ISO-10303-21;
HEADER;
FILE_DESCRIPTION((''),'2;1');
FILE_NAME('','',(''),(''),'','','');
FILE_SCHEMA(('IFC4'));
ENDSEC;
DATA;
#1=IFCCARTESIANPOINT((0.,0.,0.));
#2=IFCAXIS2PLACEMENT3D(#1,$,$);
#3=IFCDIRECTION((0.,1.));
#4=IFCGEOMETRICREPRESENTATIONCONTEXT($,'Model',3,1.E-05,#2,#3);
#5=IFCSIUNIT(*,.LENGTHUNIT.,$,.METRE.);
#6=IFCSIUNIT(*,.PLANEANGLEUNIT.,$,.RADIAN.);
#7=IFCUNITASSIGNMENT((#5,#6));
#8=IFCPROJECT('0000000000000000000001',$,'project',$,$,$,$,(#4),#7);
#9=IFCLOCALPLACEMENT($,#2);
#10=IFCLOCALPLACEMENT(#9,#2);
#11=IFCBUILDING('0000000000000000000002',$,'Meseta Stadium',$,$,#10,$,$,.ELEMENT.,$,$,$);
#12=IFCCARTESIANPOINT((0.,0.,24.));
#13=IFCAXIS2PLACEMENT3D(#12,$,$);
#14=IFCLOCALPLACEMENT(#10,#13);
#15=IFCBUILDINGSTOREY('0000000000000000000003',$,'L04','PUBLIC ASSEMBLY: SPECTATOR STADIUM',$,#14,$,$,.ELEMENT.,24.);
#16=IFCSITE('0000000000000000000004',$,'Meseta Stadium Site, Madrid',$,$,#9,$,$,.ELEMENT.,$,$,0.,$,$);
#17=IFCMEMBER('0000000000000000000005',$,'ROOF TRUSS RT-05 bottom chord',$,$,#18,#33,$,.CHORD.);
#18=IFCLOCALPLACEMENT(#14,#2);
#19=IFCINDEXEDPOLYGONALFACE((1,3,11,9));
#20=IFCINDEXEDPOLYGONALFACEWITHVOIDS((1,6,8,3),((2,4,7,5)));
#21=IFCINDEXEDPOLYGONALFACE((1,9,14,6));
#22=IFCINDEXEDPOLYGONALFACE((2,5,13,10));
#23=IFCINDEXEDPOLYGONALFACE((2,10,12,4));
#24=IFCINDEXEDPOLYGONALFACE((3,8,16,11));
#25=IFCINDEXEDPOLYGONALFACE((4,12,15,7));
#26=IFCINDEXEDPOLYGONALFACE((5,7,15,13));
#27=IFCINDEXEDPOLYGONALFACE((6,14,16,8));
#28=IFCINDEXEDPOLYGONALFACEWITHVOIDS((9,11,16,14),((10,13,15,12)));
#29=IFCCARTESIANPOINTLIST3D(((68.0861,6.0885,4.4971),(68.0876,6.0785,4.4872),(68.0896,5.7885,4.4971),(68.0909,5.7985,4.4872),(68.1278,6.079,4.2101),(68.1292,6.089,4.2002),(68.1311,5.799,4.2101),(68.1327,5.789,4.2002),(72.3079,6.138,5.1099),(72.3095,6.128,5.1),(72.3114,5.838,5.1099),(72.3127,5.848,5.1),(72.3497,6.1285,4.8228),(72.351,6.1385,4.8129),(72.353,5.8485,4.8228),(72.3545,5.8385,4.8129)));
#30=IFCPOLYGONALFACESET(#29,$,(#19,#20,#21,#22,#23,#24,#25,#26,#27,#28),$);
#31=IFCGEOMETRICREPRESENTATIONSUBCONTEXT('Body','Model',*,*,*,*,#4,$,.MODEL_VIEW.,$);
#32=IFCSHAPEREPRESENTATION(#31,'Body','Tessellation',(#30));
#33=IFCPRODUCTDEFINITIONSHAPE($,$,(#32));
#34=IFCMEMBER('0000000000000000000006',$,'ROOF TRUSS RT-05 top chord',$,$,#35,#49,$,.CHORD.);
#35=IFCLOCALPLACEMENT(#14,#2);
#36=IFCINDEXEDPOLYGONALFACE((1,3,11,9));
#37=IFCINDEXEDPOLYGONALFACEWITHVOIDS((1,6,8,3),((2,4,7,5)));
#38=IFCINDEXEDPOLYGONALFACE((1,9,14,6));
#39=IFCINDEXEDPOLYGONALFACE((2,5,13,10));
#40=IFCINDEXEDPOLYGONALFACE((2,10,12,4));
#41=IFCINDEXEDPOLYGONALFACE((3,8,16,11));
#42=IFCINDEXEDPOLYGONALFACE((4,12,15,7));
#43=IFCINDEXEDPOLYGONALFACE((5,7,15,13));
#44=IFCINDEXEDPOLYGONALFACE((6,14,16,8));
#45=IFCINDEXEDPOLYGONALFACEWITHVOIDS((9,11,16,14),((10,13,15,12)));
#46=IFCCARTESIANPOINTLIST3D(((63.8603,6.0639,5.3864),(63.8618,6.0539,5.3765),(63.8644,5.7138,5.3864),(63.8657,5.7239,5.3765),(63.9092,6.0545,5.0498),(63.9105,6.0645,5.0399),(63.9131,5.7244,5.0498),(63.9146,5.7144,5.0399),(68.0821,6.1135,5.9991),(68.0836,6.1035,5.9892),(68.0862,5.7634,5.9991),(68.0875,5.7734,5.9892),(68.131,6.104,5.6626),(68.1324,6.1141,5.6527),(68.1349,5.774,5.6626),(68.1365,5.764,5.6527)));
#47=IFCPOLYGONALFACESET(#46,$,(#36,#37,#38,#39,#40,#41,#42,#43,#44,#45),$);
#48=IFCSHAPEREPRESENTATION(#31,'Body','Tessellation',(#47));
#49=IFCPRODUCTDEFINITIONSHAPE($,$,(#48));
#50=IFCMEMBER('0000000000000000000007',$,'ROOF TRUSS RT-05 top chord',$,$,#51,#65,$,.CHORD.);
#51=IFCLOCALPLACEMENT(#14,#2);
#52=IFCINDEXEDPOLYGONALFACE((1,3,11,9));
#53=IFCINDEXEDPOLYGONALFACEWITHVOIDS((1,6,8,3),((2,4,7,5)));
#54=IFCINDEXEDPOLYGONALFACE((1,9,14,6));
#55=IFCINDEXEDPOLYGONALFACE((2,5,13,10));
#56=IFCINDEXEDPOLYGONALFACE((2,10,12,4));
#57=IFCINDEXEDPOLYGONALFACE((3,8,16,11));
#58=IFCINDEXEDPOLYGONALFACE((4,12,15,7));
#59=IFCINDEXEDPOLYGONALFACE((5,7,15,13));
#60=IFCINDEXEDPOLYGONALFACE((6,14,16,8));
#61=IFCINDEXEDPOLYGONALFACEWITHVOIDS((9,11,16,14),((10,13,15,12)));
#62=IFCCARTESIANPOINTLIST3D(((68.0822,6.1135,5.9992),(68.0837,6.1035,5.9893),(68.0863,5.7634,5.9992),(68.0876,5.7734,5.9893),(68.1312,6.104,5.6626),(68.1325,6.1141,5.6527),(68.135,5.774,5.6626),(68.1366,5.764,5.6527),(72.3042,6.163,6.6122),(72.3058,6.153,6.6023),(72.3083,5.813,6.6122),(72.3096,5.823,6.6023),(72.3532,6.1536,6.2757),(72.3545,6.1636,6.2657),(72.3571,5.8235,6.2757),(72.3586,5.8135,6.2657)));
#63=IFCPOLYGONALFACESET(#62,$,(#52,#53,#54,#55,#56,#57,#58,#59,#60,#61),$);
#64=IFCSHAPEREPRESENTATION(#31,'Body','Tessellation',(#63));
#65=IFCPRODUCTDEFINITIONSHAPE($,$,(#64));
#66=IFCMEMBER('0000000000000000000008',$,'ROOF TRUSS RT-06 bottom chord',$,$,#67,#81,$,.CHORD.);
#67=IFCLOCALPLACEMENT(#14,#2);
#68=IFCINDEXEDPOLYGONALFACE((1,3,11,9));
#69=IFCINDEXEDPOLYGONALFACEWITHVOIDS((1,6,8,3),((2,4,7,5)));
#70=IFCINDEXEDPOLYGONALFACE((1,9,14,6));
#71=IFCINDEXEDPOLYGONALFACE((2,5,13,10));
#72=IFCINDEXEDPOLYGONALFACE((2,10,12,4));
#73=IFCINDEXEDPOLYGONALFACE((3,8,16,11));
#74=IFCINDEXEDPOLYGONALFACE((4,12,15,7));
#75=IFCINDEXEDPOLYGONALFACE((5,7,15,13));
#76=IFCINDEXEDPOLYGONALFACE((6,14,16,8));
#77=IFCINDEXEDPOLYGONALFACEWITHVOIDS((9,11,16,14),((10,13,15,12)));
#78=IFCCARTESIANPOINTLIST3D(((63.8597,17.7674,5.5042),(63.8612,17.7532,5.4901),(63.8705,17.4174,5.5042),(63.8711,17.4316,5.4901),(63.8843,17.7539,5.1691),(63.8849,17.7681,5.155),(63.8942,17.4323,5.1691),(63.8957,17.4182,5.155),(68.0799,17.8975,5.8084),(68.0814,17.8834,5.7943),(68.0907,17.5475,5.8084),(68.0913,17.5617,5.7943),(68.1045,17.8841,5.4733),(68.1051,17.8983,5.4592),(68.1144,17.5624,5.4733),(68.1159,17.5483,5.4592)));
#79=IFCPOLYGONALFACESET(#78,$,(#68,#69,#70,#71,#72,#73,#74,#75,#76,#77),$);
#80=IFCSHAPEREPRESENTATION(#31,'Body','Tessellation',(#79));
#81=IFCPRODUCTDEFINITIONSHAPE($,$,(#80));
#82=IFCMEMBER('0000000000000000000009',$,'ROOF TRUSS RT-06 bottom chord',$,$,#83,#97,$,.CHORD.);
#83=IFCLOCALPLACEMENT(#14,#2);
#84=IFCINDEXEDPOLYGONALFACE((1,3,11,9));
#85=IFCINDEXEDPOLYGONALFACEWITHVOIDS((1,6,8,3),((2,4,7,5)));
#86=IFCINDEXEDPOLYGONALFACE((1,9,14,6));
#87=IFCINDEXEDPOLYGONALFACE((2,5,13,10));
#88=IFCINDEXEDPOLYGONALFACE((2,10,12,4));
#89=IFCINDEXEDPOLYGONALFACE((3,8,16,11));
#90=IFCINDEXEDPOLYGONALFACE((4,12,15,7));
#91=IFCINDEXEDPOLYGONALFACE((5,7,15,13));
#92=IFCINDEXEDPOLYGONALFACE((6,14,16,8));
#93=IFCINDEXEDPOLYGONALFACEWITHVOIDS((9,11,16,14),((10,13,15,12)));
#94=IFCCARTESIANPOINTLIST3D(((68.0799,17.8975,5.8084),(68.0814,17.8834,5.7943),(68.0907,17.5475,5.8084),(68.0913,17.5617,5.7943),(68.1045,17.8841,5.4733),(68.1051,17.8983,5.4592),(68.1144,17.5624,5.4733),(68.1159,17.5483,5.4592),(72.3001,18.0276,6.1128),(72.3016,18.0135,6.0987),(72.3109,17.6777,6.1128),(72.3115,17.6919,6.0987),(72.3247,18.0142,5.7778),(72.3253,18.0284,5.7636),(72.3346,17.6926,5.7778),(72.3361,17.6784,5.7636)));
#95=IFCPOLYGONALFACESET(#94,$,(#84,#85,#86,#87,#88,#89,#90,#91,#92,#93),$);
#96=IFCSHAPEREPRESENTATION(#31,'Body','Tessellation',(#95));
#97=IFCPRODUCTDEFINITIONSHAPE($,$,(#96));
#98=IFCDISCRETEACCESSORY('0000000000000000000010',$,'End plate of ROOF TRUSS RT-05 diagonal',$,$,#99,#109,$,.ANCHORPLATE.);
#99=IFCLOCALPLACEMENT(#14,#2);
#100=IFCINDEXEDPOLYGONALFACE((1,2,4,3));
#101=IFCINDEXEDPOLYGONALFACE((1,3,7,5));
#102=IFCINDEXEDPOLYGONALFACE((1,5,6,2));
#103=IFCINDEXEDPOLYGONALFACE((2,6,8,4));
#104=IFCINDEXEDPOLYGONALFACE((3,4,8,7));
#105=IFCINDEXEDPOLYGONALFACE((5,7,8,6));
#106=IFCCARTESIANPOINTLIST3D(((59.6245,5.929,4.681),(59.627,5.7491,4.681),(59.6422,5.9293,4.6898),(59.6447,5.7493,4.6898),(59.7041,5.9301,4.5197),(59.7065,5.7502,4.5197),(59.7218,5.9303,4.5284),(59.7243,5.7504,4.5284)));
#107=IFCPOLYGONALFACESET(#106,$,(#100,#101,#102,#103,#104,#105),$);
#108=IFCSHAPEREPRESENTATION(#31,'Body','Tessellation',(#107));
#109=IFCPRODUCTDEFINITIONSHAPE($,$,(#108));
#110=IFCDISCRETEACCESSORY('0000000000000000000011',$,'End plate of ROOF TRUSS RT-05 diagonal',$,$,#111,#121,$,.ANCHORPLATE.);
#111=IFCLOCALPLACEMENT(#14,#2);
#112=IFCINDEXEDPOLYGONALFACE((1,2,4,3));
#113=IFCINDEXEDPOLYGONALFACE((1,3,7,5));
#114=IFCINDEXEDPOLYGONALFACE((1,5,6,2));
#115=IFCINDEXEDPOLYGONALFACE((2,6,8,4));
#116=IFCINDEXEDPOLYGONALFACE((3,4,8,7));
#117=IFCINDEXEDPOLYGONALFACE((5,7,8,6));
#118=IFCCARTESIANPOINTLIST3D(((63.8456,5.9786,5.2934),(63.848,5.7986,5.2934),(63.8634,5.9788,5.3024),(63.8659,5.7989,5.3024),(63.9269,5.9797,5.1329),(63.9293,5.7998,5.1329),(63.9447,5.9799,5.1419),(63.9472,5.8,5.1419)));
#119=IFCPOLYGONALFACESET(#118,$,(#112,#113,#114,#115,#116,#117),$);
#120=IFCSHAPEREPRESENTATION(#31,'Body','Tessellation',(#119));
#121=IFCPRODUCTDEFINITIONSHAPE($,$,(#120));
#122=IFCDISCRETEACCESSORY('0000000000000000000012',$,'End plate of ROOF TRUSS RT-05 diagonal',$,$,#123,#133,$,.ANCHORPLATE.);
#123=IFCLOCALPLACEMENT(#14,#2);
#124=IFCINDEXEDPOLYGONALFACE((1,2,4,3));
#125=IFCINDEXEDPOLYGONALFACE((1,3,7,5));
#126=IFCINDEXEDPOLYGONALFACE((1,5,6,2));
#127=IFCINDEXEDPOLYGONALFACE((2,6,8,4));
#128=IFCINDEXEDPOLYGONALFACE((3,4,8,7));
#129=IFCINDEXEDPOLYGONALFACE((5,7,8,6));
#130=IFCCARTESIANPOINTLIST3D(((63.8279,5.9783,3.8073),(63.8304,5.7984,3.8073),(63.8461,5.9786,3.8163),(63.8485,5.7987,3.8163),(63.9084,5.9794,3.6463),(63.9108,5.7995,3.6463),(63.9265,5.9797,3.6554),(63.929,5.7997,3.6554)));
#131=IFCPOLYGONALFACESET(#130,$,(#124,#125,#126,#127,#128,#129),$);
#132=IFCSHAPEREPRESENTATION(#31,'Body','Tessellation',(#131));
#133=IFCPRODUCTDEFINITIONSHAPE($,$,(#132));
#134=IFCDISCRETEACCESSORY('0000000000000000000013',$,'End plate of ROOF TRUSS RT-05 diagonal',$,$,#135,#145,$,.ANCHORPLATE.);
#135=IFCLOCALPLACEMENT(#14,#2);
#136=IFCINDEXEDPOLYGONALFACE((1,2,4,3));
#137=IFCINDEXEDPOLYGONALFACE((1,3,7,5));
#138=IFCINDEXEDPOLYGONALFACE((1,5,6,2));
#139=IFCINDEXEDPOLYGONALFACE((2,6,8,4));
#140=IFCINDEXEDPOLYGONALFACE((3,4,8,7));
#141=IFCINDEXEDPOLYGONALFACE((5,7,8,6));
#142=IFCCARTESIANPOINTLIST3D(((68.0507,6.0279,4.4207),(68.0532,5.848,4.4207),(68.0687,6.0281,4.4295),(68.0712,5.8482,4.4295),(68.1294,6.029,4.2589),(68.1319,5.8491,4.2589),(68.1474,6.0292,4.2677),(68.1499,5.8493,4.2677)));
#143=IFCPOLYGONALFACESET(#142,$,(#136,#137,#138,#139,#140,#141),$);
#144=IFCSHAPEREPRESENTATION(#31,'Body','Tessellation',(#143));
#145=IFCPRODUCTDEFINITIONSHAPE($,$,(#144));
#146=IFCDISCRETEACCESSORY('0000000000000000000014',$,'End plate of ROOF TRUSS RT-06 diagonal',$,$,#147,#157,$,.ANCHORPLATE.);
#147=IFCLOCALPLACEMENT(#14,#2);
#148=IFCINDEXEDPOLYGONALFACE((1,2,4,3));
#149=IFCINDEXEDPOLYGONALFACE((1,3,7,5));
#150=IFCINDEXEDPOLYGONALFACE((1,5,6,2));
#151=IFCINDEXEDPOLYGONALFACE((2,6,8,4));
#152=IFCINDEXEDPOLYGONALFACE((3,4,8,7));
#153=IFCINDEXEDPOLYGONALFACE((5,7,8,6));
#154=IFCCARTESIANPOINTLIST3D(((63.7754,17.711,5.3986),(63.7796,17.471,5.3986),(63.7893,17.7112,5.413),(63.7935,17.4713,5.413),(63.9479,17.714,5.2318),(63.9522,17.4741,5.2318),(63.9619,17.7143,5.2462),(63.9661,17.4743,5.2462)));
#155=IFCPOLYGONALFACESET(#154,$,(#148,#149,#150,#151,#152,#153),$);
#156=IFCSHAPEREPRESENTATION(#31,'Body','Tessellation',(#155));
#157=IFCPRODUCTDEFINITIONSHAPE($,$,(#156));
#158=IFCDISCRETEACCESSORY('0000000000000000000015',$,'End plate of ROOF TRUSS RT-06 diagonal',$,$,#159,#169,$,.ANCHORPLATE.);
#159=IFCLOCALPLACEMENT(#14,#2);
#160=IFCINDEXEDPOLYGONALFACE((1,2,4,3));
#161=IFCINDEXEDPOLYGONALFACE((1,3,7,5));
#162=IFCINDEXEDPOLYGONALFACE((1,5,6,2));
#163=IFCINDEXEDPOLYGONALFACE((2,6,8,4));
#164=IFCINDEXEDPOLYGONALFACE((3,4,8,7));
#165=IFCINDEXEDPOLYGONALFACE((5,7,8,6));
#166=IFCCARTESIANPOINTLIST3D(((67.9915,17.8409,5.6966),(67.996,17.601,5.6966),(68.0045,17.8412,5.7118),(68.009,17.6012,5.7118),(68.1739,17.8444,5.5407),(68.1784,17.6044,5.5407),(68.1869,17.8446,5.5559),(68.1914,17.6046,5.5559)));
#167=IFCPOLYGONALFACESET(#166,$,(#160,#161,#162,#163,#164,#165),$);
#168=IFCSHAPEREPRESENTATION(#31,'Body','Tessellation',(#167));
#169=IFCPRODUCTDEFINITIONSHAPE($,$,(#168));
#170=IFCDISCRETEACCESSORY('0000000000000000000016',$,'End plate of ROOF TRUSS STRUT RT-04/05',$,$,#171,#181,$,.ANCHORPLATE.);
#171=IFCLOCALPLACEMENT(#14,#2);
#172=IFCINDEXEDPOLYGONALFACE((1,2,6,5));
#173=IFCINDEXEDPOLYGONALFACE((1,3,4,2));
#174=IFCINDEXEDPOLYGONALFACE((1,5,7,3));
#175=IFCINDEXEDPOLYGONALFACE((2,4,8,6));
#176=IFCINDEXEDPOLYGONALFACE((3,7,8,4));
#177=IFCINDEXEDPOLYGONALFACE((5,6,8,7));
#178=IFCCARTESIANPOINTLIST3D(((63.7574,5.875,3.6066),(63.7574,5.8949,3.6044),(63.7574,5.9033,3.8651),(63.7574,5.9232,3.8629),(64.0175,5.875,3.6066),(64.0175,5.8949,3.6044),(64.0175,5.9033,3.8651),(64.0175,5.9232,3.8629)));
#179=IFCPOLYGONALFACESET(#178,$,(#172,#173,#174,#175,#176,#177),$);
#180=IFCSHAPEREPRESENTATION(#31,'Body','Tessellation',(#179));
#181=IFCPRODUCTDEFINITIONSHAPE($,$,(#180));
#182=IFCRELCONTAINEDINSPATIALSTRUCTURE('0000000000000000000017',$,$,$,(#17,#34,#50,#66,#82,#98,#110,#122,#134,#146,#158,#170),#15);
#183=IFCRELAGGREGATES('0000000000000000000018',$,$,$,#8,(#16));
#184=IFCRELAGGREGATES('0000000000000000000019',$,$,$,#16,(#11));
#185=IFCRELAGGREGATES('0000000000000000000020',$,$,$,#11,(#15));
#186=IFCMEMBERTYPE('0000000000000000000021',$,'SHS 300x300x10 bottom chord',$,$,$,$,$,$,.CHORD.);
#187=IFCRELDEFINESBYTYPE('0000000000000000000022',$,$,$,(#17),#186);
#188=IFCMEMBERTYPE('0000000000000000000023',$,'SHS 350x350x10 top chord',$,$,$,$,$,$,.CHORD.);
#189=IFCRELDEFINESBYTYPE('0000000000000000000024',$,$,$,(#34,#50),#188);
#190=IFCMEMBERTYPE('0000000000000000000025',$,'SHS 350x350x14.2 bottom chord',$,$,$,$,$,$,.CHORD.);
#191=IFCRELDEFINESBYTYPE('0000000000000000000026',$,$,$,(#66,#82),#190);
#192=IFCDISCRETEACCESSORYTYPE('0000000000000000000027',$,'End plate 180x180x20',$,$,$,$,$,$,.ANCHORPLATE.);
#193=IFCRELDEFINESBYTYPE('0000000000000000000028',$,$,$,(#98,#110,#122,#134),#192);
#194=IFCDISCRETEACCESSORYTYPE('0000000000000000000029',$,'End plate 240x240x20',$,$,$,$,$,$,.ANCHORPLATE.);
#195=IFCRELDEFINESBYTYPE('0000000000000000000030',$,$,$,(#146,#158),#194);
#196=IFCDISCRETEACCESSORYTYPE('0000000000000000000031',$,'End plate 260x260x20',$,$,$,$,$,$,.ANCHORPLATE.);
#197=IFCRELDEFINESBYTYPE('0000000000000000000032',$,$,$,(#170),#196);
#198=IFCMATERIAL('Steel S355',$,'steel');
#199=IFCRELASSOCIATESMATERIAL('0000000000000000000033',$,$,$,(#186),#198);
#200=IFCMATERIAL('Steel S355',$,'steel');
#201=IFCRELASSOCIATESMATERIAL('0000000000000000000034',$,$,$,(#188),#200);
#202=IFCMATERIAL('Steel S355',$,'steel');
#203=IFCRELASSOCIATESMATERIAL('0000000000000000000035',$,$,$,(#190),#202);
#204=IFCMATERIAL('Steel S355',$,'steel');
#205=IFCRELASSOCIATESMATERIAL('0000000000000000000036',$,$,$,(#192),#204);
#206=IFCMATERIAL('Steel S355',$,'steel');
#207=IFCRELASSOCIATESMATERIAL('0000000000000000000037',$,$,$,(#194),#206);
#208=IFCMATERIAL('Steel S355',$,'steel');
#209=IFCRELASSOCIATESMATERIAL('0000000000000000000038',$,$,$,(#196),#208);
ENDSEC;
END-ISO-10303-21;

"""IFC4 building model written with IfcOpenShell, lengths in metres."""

from ifc_helpers import new_model, si_unit, direction, frame, origin, origin_2d, place, context, subcontext, project, spatial, rectangle, hollow_rectangle, extrude, material, material_profile, profile_set, type_object, element, save


model = new_model("IFC4")

# Units and contexts
model_context = context("Model", 3, precision=1e-05, world=origin(), true_north=direction((0.0, 1.0)))
body_context = subcontext(model_context, "Body", "Model", "MODEL_VIEW")
ifc_project = project(units=[si_unit("LENGTHUNIT", "METRE"), si_unit("PLANEANGLEUNIT", "RADIAN")], contexts=[model_context])

# Site, building, storey
site_placement = place(None, origin())
site = spatial("IfcSite", under=ifc_project, at=site_placement, Name="Meseta Stadium Site, Madrid", CompositionType="ELEMENT", RefElevation=0.0)
building_placement = place(site_placement, origin())
building = spatial("IfcBuilding", under=site, at=building_placement, Name="Meseta Stadium", CompositionType="ELEMENT")
storey_placement = place(building_placement, frame((0.0, 0.0, 24.0)))
storey = spatial("IfcBuildingStorey", under=building, at=storey_placement, Name="L04", Description="PUBLIC ASSEMBLY: SPECTATOR STADIUM", CompositionType="ELEMENT", Elevation=24.0)

# Members
ifc_material_1 = material(Name="Steel S355", Category="steel")
ifc_material_profile_1 = material_profile(ifc_material_1, hollow_rectangle(XDim=0.3, YDim=0.3, WallThickness=0.01, at=origin_2d()), Name="SHS 300x300x10")
ifc_profile_set_1 = profile_set([ifc_material_profile_1], Name="Steel S355")
member_type_1 = type_object("IfcMemberType", Name="SHS 300x300x10 bottom chord", PredefinedType="CHORD", material=ifc_profile_set_1)
for number, where, z_axis, x_axis, name in (
    (1, (68.1094, 5.9387, 4.3486), (0.989563, 0.011616, 0.143631), (-0.011738, 0.999931, 0.0), "ROOF TRUSS RT-05 bottom chord"),
):
    element("IfcMember", number, at=place(storey_placement, frame(where, z_axis=z_axis, x_axis=x_axis)), inside=storey, type_object=member_type_1, Name=name, PredefinedType="CHORD", context=body_context, shape_type="SweptSolid", body=[
        extrude(hollow_rectangle(XDim=0.3, YDim=0.3, WallThickness=0.01, at=origin_2d()), origin(), (0.0, 0.0, 1.0), 4.2664),
    ])
ifc_material_2 = material(Name="Steel S355", Category="steel")
ifc_material_profile_2 = material_profile(ifc_material_2, hollow_rectangle(XDim=0.3501, YDim=0.3501, WallThickness=0.01, at=origin_2d()), Name="SHS 350x350x10")
ifc_profile_set_2 = profile_set([ifc_material_profile_2], Name="Steel S355")
member_type_2 = type_object("IfcMemberType", Name="SHS 350x350x10 top chord", PredefinedType="CHORD", material=ifc_profile_set_2)
member_1_placement = place(storey_placement, frame((63.8875, 5.8892, 5.2131), z_axis=(0.989563, 0.011616, 0.143631), x_axis=(-0.011738, 0.999931, 0.0)))
element("IfcMember", 2, at=member_1_placement, inside=storey, type_object=member_type_2, Name="ROOF TRUSS RT-05 top chord", PredefinedType="CHORD", context=body_context, shape_type="SweptSolid", body=[
    extrude(hollow_rectangle(XDim=0.3501, YDim=0.3501, WallThickness=0.01, at=origin_2d()), origin(), (0.0, 0.0, 1.0), 4.2664),
])
member_2_placement = place(storey_placement, frame((68.1094, 5.9387, 5.8259), z_axis=(0.989555, 0.011616, 0.143687), x_axis=(-0.011738, 0.999931, 0.0)))
element("IfcMember", 3, at=member_2_placement, inside=storey, type_object=member_type_2, Name="ROOF TRUSS RT-05 top chord", PredefinedType="CHORD", context=body_context, shape_type="SweptSolid", body=[
    extrude(hollow_rectangle(XDim=0.3501, YDim=0.3501, WallThickness=0.01, at=origin_2d()), origin(), (0.0, 0.0, 1.0), 4.2666),
])
ifc_material_3 = material(Name="Steel S355", Category="steel")
ifc_material_profile_3 = material_profile(ifc_material_3, hollow_rectangle(XDim=0.3501, YDim=0.3501, WallThickness=0.0142, at=origin_2d()), Name="SHS 350x350x14.2")
ifc_profile_set_3 = profile_set([ifc_material_profile_3], Name="Steel S355")
member_type_3 = type_object("IfcMemberType", Name="SHS 350x350x14.2 bottom chord", PredefinedType="CHORD", material=ifc_profile_set_3)
for number, where, z_axis, x_axis, name in (
    (4, (63.8777, 17.5928, 5.3296), (0.996941, 0.03074, 0.071861), (-0.03082, 0.999525, 0.0), "ROOF TRUSS RT-06 bottom chord"),
    (5, (68.0979, 17.7229, 5.6338), (0.996937, 0.03074, 0.071918), (-0.03082, 0.999525, 0.0), "ROOF TRUSS RT-06 bottom chord"),
):
    element("IfcMember", number, at=place(storey_placement, frame(where, z_axis=z_axis, x_axis=x_axis)), inside=storey, type_object=member_type_3, Name=name, PredefinedType="CHORD", context=body_context, shape_type="SweptSolid", body=[
        extrude(hollow_rectangle(XDim=0.3501, YDim=0.3501, WallThickness=0.0142, at=origin_2d()), origin(), (0.0, 0.0, 1.0), 4.2332),
    ])

# Discrete accessories
ifc_material_4 = material(Name="Steel S355", Category="steel")
ifc_material_profile_4 = material_profile(ifc_material_4, rectangle(XDim=0.1799, YDim=0.1799, at=origin_2d()), Name="PL 180x180")
ifc_profile_set_4 = profile_set([ifc_material_profile_4], Name="Steel S355")
discrete_accessory_type_1 = type_object("IfcDiscreteAccessoryType", Name="End plate 180x180x20", PredefinedType="ANCHORPLATE", material=ifc_profile_set_4)
discrete_accessory_1_placement = place(storey_placement, frame((59.6655, 5.8396, 4.6003), z_axis=(0.896803, 0.012285, 0.442259), x_axis=(-0.013697, 0.999906, 0.0)))
element("IfcDiscreteAccessory", 6, at=discrete_accessory_1_placement, inside=storey, type_object=discrete_accessory_type_1, Name="End plate of ROOF TRUSS RT-05 diagonal", PredefinedType="ANCHORPLATE", context=body_context, shape_type="SweptSolid", body=[
    extrude(rectangle(XDim=0.1799, YDim=0.1799, at=origin_2d()), origin(), (0.0, 0.0, 1.0), 0.0198),
])
discrete_accessory_2_placement = place(storey_placement, frame((63.8875, 5.8892, 5.2131), z_axis=(0.891904, 0.012218, 0.452061), x_axis=(-0.013697, 0.999906, 0.0)))
element("IfcDiscreteAccessory", 7, at=discrete_accessory_2_placement, inside=storey, type_object=discrete_accessory_type_1, Name="End plate of ROOF TRUSS RT-05 diagonal", PredefinedType="ANCHORPLATE", context=body_context, shape_type="SweptSolid", body=[
    extrude(rectangle(XDim=0.1799, YDim=0.1799, at=origin_2d()), origin(), (0.0, 0.0, 1.0), 0.02),
])
discrete_accessory_3_placement = place(storey_placement, frame((63.8694, 5.8889, 3.7268), z_axis=(0.894362, 0.012086, 0.447181), x_axis=(-0.013512, 0.999909, 0.0)))
element("IfcDiscreteAccessory", 8, at=discrete_accessory_3_placement, inside=storey, type_object=discrete_accessory_type_1, Name="End plate of ROOF TRUSS RT-05 diagonal", PredefinedType="ANCHORPLATE", context=body_context, shape_type="SweptSolid", body=[
    extrude(rectangle(XDim=0.1799, YDim=0.1799, at=origin_2d()), origin(), (0.0, 0.0, 1.0), 0.0203),
])
discrete_accessory_4_placement = place(storey_placement, frame((68.0913, 5.9385, 4.3398), z_axis=(0.899169, 0.012151, 0.437433), x_axis=(-0.013512, 0.999909, 0.0)))
element("IfcDiscreteAccessory", 9, at=discrete_accessory_4_placement, inside=storey, type_object=discrete_accessory_type_1, Name="End plate of ROOF TRUSS RT-05 diagonal", PredefinedType="ANCHORPLATE", context=body_context, shape_type="SweptSolid", body=[
    extrude(rectangle(XDim=0.1799, YDim=0.1799, at=origin_2d()), origin(), (0.0, 0.0, 1.0), 0.02),
])
ifc_material_5 = material(Name="Steel S355", Category="steel")
ifc_material_profile_5 = material_profile(ifc_material_5, rectangle(XDim=0.24, YDim=0.24, at=origin_2d()), Name="PL 240x240")
ifc_profile_set_5 = profile_set([ifc_material_profile_5], Name="Steel S355")
discrete_accessory_type_2 = type_object("IfcDiscreteAccessoryType", Name="End plate 240x240x20", PredefinedType="ANCHORPLATE", material=ifc_profile_set_5)
for number, where, z_axis, x_axis, name in (
    (10, (63.8638, 17.5925, 5.3152), (0.69476, 0.012189, 0.719138), (-0.017541, 0.999846, 0.0), "End plate of ROOF TRUSS RT-06 diagonal"),
    (11, (68.085, 17.7227, 5.6187), (0.649732, 0.012259, 0.760064), (-0.018865, 0.999822, 0.0), "End plate of ROOF TRUSS RT-06 diagonal"),
):
    element("IfcDiscreteAccessory", number, at=place(storey_placement, frame(where, z_axis=z_axis, x_axis=x_axis)), inside=storey, type_object=discrete_accessory_type_2, Name=name, PredefinedType="ANCHORPLATE", context=body_context, shape_type="SweptSolid", body=[
        extrude(rectangle(XDim=0.24, YDim=0.24, at=origin_2d()), origin(), (0.0, 0.0, 1.0), 0.02),
    ])
ifc_material_6 = material(Name="Steel S355", Category="steel")
ifc_material_profile_6 = material_profile(ifc_material_6, rectangle(XDim=0.26, YDim=0.26, at=origin_2d()), Name="PL 260x260")
ifc_profile_set_6 = profile_set([ifc_material_profile_6], Name="Steel S355")
discrete_accessory_type_3 = type_object("IfcDiscreteAccessoryType", Name="End plate 260x260x20", PredefinedType="ANCHORPLATE", material=ifc_profile_set_6)
for number, where, z_axis, x_axis, name in (
    (12, (63.8875, 5.8892, 3.7358), (0.0, 0.994031, -0.109101), (-1.0, 0.0, 0.0), "End plate of ROOF TRUSS STRUT RT-04/05"),
):
    element("IfcDiscreteAccessory", number, at=place(storey_placement, frame(where, z_axis=z_axis, x_axis=x_axis)), inside=storey, type_object=discrete_accessory_type_3, Name=name, PredefinedType="ANCHORPLATE", context=body_context, shape_type="SweptSolid", body=[
        extrude(rectangle(XDim=0.26, YDim=0.26, at=origin_2d()), origin(), (0.0, 0.0, 1.0), 0.02),
    ])

save(model, "model.ifc")
